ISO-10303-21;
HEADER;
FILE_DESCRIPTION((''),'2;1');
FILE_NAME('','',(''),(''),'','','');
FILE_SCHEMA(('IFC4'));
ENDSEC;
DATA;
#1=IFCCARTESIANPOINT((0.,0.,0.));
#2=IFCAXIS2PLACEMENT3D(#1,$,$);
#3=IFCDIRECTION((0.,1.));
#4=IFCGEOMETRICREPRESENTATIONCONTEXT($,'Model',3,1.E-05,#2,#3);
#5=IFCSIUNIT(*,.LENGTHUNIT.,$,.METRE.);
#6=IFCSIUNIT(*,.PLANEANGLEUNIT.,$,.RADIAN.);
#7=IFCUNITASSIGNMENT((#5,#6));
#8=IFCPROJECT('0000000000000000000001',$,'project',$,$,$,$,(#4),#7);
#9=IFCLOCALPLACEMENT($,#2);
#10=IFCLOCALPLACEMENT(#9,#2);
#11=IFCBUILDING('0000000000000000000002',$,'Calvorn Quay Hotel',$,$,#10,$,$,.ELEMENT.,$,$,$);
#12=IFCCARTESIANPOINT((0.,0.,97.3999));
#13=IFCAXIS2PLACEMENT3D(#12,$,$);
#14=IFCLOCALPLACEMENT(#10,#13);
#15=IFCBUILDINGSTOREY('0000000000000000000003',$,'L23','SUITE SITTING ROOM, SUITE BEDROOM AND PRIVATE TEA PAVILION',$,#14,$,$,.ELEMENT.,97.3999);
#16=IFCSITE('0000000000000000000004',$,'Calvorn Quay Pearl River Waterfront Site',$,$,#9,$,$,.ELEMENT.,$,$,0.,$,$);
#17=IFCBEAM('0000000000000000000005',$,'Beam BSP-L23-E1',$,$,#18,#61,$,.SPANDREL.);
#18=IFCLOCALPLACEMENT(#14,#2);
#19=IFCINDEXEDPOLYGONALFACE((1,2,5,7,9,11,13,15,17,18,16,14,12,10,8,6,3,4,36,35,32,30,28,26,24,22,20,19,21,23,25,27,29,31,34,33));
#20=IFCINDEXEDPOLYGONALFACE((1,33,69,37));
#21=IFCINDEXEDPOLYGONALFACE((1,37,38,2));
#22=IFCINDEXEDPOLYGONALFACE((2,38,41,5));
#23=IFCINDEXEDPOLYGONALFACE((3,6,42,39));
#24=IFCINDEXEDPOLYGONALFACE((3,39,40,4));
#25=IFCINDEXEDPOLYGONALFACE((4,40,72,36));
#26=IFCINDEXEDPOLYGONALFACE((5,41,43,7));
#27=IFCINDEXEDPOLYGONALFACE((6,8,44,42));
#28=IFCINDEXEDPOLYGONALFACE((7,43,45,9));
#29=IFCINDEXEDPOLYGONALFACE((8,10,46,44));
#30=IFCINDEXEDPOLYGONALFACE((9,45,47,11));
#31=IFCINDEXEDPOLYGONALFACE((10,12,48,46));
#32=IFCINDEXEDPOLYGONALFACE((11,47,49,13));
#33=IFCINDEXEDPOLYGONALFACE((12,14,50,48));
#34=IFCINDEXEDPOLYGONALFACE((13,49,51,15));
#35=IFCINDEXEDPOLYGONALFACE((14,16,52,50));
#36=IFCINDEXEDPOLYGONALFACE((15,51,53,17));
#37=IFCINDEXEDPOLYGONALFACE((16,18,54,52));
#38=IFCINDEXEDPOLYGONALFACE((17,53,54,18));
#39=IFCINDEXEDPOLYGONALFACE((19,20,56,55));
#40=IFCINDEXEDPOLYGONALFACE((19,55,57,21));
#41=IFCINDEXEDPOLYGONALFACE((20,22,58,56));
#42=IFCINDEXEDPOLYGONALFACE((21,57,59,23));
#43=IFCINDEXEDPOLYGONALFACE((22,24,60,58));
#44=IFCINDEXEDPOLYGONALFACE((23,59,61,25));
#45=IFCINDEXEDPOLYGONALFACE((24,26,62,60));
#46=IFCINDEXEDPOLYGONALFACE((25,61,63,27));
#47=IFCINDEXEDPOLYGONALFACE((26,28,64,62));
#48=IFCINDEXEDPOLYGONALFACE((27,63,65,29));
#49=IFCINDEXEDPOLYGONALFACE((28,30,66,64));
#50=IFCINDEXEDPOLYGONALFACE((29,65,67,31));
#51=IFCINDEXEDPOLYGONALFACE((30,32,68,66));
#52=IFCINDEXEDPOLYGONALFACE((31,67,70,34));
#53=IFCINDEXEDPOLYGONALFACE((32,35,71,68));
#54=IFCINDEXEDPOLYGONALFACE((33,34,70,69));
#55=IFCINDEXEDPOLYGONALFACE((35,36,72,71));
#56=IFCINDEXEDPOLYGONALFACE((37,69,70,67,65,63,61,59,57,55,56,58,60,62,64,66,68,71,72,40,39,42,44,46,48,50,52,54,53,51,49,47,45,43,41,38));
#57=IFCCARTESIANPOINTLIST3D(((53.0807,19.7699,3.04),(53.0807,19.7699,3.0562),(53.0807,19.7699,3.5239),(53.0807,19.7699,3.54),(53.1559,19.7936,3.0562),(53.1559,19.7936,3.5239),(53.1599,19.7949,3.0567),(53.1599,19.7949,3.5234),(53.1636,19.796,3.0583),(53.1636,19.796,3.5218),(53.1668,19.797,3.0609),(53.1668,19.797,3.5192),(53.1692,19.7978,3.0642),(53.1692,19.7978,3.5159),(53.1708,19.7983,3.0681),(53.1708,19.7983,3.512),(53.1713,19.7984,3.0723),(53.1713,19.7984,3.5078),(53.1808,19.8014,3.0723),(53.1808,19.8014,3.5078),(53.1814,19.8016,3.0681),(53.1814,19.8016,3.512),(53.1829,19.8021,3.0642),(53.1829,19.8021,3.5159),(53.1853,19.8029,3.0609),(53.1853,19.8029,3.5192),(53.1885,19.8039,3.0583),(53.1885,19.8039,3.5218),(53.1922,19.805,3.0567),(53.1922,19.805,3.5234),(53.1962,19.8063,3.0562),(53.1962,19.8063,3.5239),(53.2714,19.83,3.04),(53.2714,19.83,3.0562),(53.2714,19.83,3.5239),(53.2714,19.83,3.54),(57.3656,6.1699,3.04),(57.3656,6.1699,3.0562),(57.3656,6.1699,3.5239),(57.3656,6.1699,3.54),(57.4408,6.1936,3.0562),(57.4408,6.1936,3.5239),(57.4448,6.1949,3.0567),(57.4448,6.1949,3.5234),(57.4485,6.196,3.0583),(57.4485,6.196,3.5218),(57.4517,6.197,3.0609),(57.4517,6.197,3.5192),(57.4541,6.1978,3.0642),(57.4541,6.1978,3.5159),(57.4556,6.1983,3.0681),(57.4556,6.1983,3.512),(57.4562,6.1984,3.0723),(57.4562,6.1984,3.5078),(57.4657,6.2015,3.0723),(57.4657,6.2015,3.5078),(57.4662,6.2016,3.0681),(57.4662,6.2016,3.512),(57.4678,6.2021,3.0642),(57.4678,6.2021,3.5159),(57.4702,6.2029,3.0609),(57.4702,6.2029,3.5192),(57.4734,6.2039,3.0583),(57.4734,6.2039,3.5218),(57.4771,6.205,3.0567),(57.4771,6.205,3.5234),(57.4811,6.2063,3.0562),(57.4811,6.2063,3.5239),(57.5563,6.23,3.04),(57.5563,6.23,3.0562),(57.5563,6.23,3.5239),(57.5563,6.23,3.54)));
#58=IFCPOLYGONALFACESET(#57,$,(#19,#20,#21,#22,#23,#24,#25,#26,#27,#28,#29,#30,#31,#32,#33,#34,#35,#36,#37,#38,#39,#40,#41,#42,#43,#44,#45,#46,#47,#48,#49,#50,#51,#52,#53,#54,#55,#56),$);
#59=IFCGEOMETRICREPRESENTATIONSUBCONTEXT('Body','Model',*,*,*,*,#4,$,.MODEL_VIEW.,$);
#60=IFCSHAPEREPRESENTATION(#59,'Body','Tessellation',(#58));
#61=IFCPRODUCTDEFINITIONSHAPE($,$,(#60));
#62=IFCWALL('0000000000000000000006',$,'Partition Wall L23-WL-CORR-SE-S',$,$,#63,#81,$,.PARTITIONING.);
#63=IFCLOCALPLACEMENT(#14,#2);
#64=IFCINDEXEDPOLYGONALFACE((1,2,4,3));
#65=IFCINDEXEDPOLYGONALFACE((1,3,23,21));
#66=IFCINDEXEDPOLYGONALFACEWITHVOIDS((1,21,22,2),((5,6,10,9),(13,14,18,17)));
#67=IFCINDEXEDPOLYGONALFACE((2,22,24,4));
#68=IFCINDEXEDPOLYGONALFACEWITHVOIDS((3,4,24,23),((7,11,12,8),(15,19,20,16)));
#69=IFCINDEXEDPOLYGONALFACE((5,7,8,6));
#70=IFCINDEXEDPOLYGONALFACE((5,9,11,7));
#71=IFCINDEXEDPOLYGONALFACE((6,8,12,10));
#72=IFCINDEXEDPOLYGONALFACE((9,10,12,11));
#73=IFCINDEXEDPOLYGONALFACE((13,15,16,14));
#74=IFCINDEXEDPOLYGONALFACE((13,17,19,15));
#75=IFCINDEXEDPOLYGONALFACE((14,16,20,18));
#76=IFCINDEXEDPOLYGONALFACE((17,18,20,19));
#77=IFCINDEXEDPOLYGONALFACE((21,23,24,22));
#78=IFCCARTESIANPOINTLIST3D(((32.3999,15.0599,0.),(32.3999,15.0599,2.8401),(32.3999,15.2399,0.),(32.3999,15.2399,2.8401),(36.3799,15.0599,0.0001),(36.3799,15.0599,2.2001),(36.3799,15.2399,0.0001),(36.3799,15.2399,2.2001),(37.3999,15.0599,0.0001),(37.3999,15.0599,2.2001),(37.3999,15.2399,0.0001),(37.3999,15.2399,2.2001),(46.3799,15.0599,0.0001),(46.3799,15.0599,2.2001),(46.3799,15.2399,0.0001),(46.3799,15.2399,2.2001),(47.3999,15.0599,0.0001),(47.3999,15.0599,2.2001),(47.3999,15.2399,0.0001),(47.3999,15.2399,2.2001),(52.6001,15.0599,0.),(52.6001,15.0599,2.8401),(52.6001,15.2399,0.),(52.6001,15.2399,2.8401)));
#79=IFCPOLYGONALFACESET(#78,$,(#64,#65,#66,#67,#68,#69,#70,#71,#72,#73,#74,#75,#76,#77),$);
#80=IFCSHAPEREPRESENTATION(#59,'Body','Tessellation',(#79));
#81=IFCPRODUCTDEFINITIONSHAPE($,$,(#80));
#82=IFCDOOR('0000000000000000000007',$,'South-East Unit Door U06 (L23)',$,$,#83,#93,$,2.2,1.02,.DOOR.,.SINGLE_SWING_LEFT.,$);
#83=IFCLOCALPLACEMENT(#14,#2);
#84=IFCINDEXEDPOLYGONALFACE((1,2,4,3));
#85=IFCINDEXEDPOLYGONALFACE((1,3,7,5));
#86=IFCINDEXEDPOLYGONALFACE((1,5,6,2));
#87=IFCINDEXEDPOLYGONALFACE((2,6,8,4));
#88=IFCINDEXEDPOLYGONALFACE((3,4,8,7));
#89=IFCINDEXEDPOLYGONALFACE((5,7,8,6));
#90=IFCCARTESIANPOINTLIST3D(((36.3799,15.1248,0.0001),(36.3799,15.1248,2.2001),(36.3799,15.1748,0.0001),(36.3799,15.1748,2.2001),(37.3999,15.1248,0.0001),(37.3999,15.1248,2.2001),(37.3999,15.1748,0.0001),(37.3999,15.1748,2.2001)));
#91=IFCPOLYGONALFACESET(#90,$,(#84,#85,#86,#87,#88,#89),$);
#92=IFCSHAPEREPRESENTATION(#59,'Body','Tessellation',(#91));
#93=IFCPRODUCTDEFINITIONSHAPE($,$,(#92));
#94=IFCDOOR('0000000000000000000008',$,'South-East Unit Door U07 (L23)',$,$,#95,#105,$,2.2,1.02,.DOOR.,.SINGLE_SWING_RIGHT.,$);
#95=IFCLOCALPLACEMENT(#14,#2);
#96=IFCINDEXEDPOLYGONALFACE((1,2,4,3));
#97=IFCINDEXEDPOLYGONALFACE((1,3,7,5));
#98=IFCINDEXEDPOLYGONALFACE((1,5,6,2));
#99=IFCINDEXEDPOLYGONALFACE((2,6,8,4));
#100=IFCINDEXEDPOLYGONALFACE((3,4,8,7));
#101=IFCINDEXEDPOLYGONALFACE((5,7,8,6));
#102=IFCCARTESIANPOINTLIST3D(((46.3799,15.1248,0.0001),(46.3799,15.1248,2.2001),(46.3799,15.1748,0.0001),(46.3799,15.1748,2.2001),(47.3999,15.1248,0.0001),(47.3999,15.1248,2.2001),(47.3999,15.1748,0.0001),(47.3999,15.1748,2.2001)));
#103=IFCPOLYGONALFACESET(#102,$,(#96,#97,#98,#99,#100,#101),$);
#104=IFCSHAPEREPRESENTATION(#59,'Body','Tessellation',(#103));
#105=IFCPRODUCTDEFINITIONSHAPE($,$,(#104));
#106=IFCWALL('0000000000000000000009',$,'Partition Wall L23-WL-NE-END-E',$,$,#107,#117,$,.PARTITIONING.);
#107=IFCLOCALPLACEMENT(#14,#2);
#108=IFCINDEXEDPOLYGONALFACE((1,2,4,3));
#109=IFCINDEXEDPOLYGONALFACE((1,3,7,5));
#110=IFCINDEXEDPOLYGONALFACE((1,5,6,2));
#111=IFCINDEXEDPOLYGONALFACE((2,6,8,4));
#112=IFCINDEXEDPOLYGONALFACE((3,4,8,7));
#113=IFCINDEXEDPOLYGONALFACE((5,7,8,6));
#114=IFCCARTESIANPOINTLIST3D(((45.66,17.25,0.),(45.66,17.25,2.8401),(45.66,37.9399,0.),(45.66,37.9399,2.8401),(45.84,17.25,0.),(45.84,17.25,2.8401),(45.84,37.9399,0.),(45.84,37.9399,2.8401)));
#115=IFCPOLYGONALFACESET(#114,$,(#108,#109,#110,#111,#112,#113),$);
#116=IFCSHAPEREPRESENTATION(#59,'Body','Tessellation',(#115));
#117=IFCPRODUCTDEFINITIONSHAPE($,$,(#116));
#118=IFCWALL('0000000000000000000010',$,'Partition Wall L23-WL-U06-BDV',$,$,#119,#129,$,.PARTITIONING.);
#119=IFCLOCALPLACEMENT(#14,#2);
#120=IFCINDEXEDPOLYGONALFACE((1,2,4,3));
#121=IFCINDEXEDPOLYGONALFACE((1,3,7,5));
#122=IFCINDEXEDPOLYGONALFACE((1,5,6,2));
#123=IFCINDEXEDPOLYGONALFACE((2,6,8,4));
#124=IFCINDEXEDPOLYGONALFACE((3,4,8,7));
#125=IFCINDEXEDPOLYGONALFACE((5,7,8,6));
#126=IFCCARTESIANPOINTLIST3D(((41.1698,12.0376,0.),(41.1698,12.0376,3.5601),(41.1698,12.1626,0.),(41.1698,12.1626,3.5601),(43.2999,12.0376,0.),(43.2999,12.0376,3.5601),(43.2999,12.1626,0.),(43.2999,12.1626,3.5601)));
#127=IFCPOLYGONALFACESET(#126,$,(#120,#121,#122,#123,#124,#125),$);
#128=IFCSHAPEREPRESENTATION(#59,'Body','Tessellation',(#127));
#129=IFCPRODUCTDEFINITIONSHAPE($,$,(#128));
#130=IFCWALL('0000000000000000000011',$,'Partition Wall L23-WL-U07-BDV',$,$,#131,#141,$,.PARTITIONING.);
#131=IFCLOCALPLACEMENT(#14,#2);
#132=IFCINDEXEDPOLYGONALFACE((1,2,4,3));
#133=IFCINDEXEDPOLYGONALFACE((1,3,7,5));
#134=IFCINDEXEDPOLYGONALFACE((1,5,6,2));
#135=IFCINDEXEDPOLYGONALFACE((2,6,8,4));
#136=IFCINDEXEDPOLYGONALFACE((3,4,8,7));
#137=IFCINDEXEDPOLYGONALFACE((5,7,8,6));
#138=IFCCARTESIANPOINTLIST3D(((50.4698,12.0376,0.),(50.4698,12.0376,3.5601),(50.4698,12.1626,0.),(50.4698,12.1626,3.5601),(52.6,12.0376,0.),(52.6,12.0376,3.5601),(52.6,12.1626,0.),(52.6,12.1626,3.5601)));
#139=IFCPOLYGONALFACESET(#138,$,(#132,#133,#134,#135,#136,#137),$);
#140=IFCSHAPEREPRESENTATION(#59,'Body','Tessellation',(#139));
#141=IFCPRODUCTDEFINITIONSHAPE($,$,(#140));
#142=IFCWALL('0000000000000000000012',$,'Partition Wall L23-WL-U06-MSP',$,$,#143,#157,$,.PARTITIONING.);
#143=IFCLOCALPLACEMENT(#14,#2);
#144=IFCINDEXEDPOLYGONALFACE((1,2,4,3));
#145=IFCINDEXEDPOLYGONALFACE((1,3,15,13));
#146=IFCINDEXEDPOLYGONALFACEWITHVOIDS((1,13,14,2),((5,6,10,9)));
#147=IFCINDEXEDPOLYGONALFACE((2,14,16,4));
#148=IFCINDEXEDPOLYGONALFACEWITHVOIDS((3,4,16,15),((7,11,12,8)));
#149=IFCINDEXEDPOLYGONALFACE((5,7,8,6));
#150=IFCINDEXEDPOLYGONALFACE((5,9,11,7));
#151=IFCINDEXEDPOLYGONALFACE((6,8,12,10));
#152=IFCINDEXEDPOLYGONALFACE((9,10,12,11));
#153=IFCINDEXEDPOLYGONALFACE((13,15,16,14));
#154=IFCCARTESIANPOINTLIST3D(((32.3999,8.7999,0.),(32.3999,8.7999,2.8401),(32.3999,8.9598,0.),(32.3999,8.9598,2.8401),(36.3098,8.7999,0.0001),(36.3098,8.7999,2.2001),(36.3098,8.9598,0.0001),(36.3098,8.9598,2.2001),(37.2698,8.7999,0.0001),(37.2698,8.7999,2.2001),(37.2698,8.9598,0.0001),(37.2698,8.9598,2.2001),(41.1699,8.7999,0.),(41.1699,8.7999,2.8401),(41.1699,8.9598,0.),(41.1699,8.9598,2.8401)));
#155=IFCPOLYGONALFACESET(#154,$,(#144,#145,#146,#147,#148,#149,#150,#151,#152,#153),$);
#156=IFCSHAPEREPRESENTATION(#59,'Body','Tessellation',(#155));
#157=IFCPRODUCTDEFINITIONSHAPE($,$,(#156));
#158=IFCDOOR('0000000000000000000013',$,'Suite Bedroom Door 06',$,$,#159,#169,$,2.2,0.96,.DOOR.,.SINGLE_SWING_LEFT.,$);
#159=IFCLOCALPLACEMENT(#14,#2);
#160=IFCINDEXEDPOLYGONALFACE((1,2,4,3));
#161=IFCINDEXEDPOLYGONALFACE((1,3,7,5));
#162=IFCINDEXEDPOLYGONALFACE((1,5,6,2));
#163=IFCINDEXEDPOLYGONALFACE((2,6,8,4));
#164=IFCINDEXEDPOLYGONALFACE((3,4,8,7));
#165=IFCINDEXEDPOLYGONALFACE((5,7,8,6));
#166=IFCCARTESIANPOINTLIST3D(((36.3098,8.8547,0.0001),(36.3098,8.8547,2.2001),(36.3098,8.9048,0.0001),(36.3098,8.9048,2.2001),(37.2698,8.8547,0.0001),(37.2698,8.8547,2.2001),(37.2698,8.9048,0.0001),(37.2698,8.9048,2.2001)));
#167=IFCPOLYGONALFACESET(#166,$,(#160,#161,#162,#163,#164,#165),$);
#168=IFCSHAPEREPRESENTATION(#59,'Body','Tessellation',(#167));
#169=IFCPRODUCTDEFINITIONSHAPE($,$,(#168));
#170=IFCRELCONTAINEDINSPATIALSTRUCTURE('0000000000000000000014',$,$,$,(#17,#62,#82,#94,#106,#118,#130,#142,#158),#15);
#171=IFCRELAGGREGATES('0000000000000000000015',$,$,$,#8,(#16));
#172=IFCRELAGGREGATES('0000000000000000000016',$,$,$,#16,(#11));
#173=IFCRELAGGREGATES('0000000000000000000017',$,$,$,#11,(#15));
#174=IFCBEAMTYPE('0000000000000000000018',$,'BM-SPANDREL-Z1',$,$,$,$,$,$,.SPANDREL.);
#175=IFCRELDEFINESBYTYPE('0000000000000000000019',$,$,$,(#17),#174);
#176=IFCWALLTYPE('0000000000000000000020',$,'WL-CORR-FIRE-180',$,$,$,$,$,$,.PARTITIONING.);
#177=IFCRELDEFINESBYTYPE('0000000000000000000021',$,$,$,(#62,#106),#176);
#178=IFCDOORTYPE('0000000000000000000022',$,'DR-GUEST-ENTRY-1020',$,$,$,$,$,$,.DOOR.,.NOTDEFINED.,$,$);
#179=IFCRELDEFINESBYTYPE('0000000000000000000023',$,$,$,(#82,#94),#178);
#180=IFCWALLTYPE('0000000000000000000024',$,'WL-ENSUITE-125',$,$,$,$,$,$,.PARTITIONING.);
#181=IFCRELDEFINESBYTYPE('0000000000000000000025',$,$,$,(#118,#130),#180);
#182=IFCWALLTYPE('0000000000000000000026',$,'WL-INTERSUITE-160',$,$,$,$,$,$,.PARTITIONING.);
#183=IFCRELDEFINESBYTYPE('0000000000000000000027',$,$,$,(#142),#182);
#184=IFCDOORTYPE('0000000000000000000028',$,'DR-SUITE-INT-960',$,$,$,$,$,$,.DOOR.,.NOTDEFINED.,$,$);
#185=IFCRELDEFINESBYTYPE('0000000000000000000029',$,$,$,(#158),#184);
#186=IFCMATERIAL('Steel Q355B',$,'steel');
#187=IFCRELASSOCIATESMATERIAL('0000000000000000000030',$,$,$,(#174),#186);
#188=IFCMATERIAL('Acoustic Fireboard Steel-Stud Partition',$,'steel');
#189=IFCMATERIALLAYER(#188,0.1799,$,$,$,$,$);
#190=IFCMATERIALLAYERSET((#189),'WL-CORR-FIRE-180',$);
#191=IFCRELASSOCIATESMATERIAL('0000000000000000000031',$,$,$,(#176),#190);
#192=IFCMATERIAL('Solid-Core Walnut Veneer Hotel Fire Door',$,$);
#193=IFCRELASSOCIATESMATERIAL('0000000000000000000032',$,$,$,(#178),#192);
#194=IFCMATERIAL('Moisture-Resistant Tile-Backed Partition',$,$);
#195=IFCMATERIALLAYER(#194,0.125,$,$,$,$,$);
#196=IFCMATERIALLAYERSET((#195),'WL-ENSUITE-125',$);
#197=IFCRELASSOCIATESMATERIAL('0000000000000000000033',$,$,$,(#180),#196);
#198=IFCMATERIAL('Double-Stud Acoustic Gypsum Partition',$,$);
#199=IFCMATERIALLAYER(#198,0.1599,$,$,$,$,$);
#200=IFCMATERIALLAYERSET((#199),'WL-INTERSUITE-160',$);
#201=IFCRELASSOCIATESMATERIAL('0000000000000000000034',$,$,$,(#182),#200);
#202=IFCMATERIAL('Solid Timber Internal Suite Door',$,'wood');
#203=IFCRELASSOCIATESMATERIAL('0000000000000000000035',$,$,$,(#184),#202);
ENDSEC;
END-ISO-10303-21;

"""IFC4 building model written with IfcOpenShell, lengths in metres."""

from ifc_helpers import new_model, si_unit, direction, frame, frame_2d, origin, origin_2d, place, context, subcontext, project, spatial, rectangle, i_section, extrude, material, layer, layer_set, material_profile, profile_set, type_object, element, fill, save


model = new_model("IFC4")

# Units and contexts
model_context = context("Model", 3, precision=1e-05, world=origin(), true_north=direction((0.0, 1.0)))
body_context = subcontext(model_context, "Body", "Model", "MODEL_VIEW")
ifc_project = project(units=[si_unit("LENGTHUNIT", "METRE"), si_unit("PLANEANGLEUNIT", "RADIAN")], contexts=[model_context])

# Site, building, storey
site_placement = place(None, origin())
site = spatial("IfcSite", under=ifc_project, at=site_placement, Name="Calvorn Quay Pearl River Waterfront Site", CompositionType="ELEMENT", RefElevation=0.0)
building_placement = place(site_placement, origin())
building = spatial("IfcBuilding", under=site, at=building_placement, Name="Calvorn Quay Hotel", CompositionType="ELEMENT")
storey_placement = place(building_placement, frame((0.0, 0.0, 97.3999)))
storey = spatial("IfcBuildingStorey", under=building, at=storey_placement, Name="L23", Description="SUITE SITTING ROOM, SUITE BEDROOM AND PRIVATE TEA PAVILION", CompositionType="ELEMENT", Elevation=97.3999)

# Beam
ifc_material_1 = material(Name="Steel Q355B", Category="steel")
ifc_material_profile_1 = material_profile(ifc_material_1, i_section(OverallWidth=0.2, OverallDepth=0.5, WebThickness=0.01, FlangeThickness=0.0161, FilletRadius=0.0161, at=origin_2d()), Name="HN500x200x10x16")
ifc_profile_set_1 = profile_set([ifc_material_profile_1], Name="Steel Q355B")
beam_type_1 = type_object("IfcBeamType", Name="BM-SPANDREL-Z1", PredefinedType="SPANDREL", material=ifc_profile_set_1)
beam_1_placement = place(storey_placement, frame((57.4609, 6.2, 3.29), z_axis=(-0.300503, 0.953781, 0.0), x_axis=(-0.953781, -0.300503, 0.0)))
element("IfcBeam", 1, at=beam_1_placement, inside=storey, type_object=beam_type_1, Name="Beam BSP-L23-E1", PredefinedType="SPANDREL", context=body_context, shape_type="SweptSolid", body=[
    extrude(i_section(OverallWidth=0.2, OverallDepth=0.5, WebThickness=0.01, FlangeThickness=0.0161, FilletRadius=0.0161, at=origin_2d()), origin(), (0.0, 0.0, 1.0), 14.259),
])

# Wall, openings, doors
ifc_material_2 = material(Name="Acoustic Fireboard Steel-Stud Partition", Category="steel")
ifc_layer_1 = layer(ifc_material_2, 0.1799)
ifc_layer_set_1 = layer_set([ifc_layer_1], Name="WL-CORR-FIRE-180")
wall_type_1 = type_object("IfcWallType", Name="WL-CORR-FIRE-180", PredefinedType="PARTITIONING", material=ifc_layer_set_1)
wall_1_placement = place(storey_placement, frame((32.3999, 15.1499, 0.0), z_axis=(0.0, 0.0, 1.0), x_axis=(1.0, 0.0, 0.0)))
wall_1 = element("IfcWall", 2, at=wall_1_placement, inside=storey, type_object=wall_type_1, Name="Partition Wall L23-WL-CORR-SE-S", PredefinedType="PARTITIONING", context=body_context, shape_type="SweptSolid", body=[
    extrude(rectangle(XDim=20.2002, YDim=0.1799, at=frame_2d((10.1001, 0.0))), origin(), (0.0, 0.0, 1.0), 2.8401),
])
opening_1_placement = place(wall_1_placement, frame((3.98, 0.0, 0.0)))
opening_1 = element("IfcOpeningElement", 3, at=opening_1_placement, cuts=wall_1, PredefinedType="OPENING", context=body_context, shape_type="SweptSolid", body=[
    extrude(rectangle(XDim=1.02, YDim=2.2, at=frame_2d((0.51, 1.1001))), frame((0.0, 0.0999, 0.0), z_axis=(0.0, -1.0, 0.0), x_axis=(1.0, 0.0, 0.0)), (0.0, 0.0, 1.0), 0.2),
])
opening_2_placement = place(wall_1_placement, frame((13.98, 0.0, 0.0)))
opening_2 = element("IfcOpeningElement", 4, at=opening_2_placement, cuts=wall_1, PredefinedType="OPENING", context=body_context, shape_type="SweptSolid", body=[
    extrude(rectangle(XDim=1.02, YDim=2.2, at=frame_2d((0.51, 1.1001))), frame((0.0, 0.0999, 0.0), z_axis=(0.0, -1.0, 0.0), x_axis=(1.0, 0.0, 0.0)), (0.0, 0.0, 1.0), 0.2),
])
ifc_material_3 = material(Name="Solid-Core Walnut Veneer Hotel Fire Door")
door_type_1 = type_object("IfcDoorType", Name="DR-GUEST-ENTRY-1020", OperationType="NOTDEFINED", PredefinedType="DOOR", material=ifc_material_3)
door_1_placement = place(opening_1_placement, origin())
door_1 = element("IfcDoor", 5, at=door_1_placement, inside=storey, type_object=door_type_1, Name="South-East Unit Door U06 (L23)", OperationType="SINGLE_SWING_LEFT", OverallHeight=2.2, OverallWidth=1.02, PredefinedType="DOOR", context=body_context, shape_type="SweptSolid", body=[
    extrude(rectangle(XDim=1.02, YDim=2.2, at=frame_2d((0.51, 1.1001))), frame((0.0, 0.0249, 0.0), z_axis=(0.0, -1.0, 0.0), x_axis=(1.0, 0.0, 0.0)), (0.0, 0.0, 1.0), 0.05),
])
fill(opening_1, door_1)
door_2_placement = place(opening_2_placement, origin())
door_2 = element("IfcDoor", 6, at=door_2_placement, inside=storey, type_object=door_type_1, Name="South-East Unit Door U07 (L23)", OperationType="SINGLE_SWING_RIGHT", OverallHeight=2.2, OverallWidth=1.02, PredefinedType="DOOR", context=body_context, shape_type="SweptSolid", body=[
    extrude(rectangle(XDim=1.02, YDim=2.2, at=frame_2d((0.51, 1.1001))), frame((0.0, 0.0249, 0.0), z_axis=(0.0, -1.0, 0.0), x_axis=(1.0, 0.0, 0.0)), (0.0, 0.0, 1.0), 0.05),
])
fill(opening_2, door_2)

# Walls
wall_2_placement = place(storey_placement, frame((45.75, 17.25, 0.0), z_axis=(0.0, 0.0, 1.0), x_axis=(0.0, 1.0, 0.0)))
element("IfcWall", 7, at=wall_2_placement, inside=storey, type_object=wall_type_1, Name="Partition Wall L23-WL-NE-END-E", PredefinedType="PARTITIONING", context=body_context, shape_type="SweptSolid", body=[
    extrude(rectangle(XDim=20.6899, YDim=0.1799, at=frame_2d((10.345, 0.0))), origin(), (0.0, 0.0, 1.0), 2.8401),
])
ifc_material_4 = material(Name="Moisture-Resistant Tile-Backed Partition")
ifc_layer_2 = layer(ifc_material_4, 0.125)
ifc_layer_set_2 = layer_set([ifc_layer_2], Name="WL-ENSUITE-125")
wall_type_2 = type_object("IfcWallType", Name="WL-ENSUITE-125", PredefinedType="PARTITIONING", material=ifc_layer_set_2)
for number, where, z_axis, x_axis, name in (
    (8, (41.1699, 12.1001, 0.0), (0.0, 0.0, 1.0), (1.0, 0.0, 0.0), "Partition Wall L23-WL-U06-BDV"),
    (9, (50.47, 12.1001, 0.0), (0.0, 0.0, 1.0), (1.0, 0.0, 0.0), "Partition Wall L23-WL-U07-BDV"),
):
    element("IfcWall", number, at=place(storey_placement, frame(where, z_axis=z_axis, x_axis=x_axis)), inside=storey, type_object=wall_type_2, Name=name, PredefinedType="PARTITIONING", context=body_context, shape_type="SweptSolid", body=[
        extrude(rectangle(XDim=2.1301, YDim=0.125, at=frame_2d((1.0649, 0.0))), origin(), (0.0, 0.0, 1.0), 3.5601),
    ])

# Wall, opening, door
ifc_material_5 = material(Name="Double-Stud Acoustic Gypsum Partition")
ifc_layer_3 = layer(ifc_material_5, 0.1599)
ifc_layer_set_3 = layer_set([ifc_layer_3], Name="WL-INTERSUITE-160")
wall_type_3 = type_object("IfcWallType", Name="WL-INTERSUITE-160", PredefinedType="PARTITIONING", material=ifc_layer_set_3)
wall_3_placement = place(storey_placement, frame((32.3999, 8.8799, 0.0), z_axis=(0.0, 0.0, 1.0), x_axis=(1.0, 0.0, 0.0)))
wall_3 = element("IfcWall", 10, at=wall_3_placement, inside=storey, type_object=wall_type_3, Name="Partition Wall L23-WL-U06-MSP", PredefinedType="PARTITIONING", context=body_context, shape_type="SweptSolid", body=[
    extrude(rectangle(XDim=8.77, YDim=0.1599, at=frame_2d((4.385, 0.0))), origin(), (0.0, 0.0, 1.0), 2.8401),
])
opening_3_placement = place(wall_3_placement, frame((3.9099, 0.0, 0.0)))
opening_3 = element("IfcOpeningElement", 11, at=opening_3_placement, cuts=wall_3, PredefinedType="OPENING", context=body_context, shape_type="SweptSolid", body=[
    extrude(rectangle(XDim=0.96, YDim=2.2, at=frame_2d((0.48, 1.1001))), frame((0.0, 0.0898, 0.0), z_axis=(0.0, -1.0, 0.0), x_axis=(1.0, 0.0, 0.0)), (0.0, 0.0, 1.0), 0.1799),
])
ifc_material_6 = material(Name="Solid Timber Internal Suite Door", Category="wood")
door_type_2 = type_object("IfcDoorType", Name="DR-SUITE-INT-960", OperationType="NOTDEFINED", PredefinedType="DOOR", material=ifc_material_6)
door_3_placement = place(opening_3_placement, origin())
door_3 = element("IfcDoor", 12, at=door_3_placement, inside=storey, type_object=door_type_2, Name="Suite Bedroom Door 06", OperationType="SINGLE_SWING_LEFT", OverallHeight=2.2, OverallWidth=0.96, PredefinedType="DOOR", context=body_context, shape_type="SweptSolid", body=[
    extrude(rectangle(XDim=0.96, YDim=2.2, at=frame_2d((0.48, 1.1001))), frame((0.0, 0.0249, 0.0), z_axis=(0.0, -1.0, 0.0), x_axis=(1.0, 0.0, 0.0)), (0.0, 0.0, 1.0), 0.05),
])
fill(opening_3, door_3)

save(model, "model.ifc")
